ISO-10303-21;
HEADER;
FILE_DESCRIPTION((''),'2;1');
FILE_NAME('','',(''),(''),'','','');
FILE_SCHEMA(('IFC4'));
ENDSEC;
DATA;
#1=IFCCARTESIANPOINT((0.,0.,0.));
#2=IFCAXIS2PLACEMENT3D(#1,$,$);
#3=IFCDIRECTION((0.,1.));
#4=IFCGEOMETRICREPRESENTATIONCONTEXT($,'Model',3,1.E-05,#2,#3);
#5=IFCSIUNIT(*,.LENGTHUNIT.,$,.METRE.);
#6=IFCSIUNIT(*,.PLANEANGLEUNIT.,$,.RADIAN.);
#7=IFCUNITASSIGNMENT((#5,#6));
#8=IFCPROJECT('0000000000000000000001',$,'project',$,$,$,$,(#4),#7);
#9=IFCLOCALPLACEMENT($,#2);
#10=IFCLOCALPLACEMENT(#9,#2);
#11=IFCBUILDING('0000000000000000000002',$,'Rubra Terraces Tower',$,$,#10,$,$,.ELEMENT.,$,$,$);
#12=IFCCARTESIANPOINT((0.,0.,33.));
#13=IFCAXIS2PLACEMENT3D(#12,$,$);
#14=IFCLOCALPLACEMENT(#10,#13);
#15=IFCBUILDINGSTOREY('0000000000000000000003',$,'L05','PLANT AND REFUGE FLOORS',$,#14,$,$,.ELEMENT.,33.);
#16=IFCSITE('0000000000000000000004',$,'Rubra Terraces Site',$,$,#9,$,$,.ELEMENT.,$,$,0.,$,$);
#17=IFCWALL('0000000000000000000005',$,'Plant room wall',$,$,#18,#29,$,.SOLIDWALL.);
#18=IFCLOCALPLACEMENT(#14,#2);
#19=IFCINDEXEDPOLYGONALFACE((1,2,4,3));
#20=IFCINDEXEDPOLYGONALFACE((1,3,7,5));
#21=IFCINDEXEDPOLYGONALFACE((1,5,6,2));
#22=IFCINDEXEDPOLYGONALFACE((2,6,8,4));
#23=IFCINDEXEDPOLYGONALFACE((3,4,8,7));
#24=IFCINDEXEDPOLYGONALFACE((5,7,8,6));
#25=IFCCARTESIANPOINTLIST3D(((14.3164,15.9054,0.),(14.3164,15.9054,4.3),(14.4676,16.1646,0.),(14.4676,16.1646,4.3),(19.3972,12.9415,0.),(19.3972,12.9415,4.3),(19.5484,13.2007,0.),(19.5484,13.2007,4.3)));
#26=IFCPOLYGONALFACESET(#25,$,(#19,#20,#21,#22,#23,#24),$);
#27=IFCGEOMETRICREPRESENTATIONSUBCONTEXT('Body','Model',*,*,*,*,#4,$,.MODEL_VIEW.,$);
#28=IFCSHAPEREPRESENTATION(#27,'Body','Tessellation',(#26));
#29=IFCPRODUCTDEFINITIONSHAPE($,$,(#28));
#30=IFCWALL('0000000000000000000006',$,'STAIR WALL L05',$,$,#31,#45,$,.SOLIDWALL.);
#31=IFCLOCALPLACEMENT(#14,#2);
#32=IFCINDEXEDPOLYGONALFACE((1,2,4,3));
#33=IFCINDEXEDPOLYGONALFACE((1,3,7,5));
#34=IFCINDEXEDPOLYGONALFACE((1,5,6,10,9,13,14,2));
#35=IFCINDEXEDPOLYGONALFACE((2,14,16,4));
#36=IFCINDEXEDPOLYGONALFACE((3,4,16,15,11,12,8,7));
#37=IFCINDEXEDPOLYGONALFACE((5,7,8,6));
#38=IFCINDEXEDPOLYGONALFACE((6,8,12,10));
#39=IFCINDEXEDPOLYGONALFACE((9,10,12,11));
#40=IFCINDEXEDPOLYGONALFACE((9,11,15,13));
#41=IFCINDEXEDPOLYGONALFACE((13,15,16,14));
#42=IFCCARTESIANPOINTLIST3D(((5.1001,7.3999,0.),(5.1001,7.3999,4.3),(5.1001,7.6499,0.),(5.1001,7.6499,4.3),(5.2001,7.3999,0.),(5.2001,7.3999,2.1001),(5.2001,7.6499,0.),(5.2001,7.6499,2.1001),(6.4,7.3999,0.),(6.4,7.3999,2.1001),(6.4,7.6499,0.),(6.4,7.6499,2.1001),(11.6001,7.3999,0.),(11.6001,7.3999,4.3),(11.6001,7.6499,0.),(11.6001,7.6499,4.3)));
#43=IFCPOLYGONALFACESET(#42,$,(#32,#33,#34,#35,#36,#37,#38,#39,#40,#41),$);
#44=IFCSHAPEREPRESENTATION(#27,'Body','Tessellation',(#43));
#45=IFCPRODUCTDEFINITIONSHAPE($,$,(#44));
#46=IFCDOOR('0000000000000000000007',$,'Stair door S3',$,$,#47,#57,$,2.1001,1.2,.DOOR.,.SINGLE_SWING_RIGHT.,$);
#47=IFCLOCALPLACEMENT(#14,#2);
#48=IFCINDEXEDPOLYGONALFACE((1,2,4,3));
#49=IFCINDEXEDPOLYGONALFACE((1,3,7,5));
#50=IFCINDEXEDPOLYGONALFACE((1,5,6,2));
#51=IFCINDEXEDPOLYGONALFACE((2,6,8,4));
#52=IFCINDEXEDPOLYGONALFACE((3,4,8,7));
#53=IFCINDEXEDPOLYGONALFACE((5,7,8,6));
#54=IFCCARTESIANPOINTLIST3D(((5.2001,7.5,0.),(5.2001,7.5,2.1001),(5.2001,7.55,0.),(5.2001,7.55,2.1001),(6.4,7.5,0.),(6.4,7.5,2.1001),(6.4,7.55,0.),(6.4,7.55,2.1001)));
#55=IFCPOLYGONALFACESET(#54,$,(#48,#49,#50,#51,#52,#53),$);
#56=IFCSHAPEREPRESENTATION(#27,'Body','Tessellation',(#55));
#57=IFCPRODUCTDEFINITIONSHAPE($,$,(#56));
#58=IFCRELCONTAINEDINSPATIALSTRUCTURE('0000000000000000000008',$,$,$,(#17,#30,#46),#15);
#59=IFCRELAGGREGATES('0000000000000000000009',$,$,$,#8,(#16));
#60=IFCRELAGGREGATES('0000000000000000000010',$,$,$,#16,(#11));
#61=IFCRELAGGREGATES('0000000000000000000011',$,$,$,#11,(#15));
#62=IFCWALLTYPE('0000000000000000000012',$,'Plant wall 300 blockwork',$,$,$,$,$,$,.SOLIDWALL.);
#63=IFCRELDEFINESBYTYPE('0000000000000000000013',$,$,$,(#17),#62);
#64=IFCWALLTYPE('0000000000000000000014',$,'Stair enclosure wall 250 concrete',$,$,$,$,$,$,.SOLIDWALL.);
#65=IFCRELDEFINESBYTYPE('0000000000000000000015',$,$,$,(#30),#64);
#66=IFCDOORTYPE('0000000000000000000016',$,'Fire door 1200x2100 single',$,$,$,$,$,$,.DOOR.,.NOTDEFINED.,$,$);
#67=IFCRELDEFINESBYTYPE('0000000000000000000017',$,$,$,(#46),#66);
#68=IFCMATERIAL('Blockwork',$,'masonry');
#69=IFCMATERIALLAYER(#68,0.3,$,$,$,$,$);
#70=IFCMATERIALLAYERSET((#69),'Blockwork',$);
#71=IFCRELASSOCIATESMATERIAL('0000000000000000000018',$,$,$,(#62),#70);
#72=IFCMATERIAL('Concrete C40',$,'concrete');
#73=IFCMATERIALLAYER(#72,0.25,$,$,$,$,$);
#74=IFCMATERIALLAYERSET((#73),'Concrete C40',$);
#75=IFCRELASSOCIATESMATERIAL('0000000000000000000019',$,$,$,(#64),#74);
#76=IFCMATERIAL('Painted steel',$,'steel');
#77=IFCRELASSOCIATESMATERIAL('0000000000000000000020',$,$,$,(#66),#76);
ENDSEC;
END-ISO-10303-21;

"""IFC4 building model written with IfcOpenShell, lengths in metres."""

from ifc_helpers import new_model, si_unit, direction, frame, frame_2d, origin, place, context, subcontext, project, spatial, rectangle, extrude, material, layer, layer_set, type_object, element, fill, save


model = new_model("IFC4")

# Units and contexts
model_context = context("Model", 3, precision=1e-05, world=origin(), true_north=direction((0.0, 1.0)))
body_context = subcontext(model_context, "Body", "Model", "MODEL_VIEW")
ifc_project = project(units=[si_unit("LENGTHUNIT", "METRE"), si_unit("PLANEANGLEUNIT", "RADIAN")], contexts=[model_context])

# Site, building, storey
site_placement = place(None, origin())
site = spatial("IfcSite", under=ifc_project, at=site_placement, Name="Rubra Terraces Site", CompositionType="ELEMENT", RefElevation=0.0)
building_placement = place(site_placement, origin())
building = spatial("IfcBuilding", under=site, at=building_placement, Name="Rubra Terraces Tower", CompositionType="ELEMENT")
storey_placement = place(building_placement, frame((0.0, 0.0, 33.0)))
storey = spatial("IfcBuildingStorey", under=building, at=storey_placement, Name="L05", Description="PLANT AND REFUGE FLOORS", CompositionType="ELEMENT", Elevation=33.0)

# Wall
ifc_material_1 = material(Name="Blockwork", Category="masonry")
ifc_layer_1 = layer(ifc_material_1, 0.3)
ifc_layer_set_1 = layer_set([ifc_layer_1], Name="Blockwork")
wall_type_1 = type_object("IfcWallType", Name="Plant wall 300 blockwork", PredefinedType="SOLIDWALL", material=ifc_layer_set_1)
wall_1_placement = place(storey_placement, frame((14.3921, 16.0349, 0.0), z_axis=(0.0, 0.0, 1.0), x_axis=(0.863774, -0.503879, 0.0)))
element("IfcWall", 1, at=wall_1_placement, inside=storey, type_object=wall_type_1, Name="Plant room wall", PredefinedType="SOLIDWALL", context=body_context, shape_type="SweptSolid", body=[
    extrude(rectangle(XDim=5.8821, YDim=0.3, at=frame_2d((2.9409, 0.0))), origin(), (0.0, 0.0, 1.0), 4.3),
])

# Wall, opening, door
ifc_material_2 = material(Name="Concrete C40", Category="concrete")
ifc_layer_2 = layer(ifc_material_2, 0.25)
ifc_layer_set_2 = layer_set([ifc_layer_2], Name="Concrete C40")
wall_type_2 = type_object("IfcWallType", Name="Stair enclosure wall 250 concrete", PredefinedType="SOLIDWALL", material=ifc_layer_set_2)
wall_2_placement = place(storey_placement, frame((11.6001, 7.5249, 0.0), z_axis=(0.0, 0.0, 1.0), x_axis=(-1.0, 0.0, 0.0)))
wall_2 = element("IfcWall", 2, at=wall_2_placement, inside=storey, type_object=wall_type_2, Name="STAIR WALL L05", PredefinedType="SOLIDWALL", context=body_context, shape_type="SweptSolid", body=[
    extrude(rectangle(XDim=6.5, YDim=0.25, at=frame_2d((3.25, 0.0))), origin(), (0.0, 0.0, 1.0), 4.3),
])
opening_1_placement = place(wall_2_placement, frame((5.2, 0.0, 0.0)))
opening_1 = element("IfcOpeningElement", 3, at=opening_1_placement, cuts=wall_2, PredefinedType="OPENING", context=body_context, shape_type="SweptSolid", body=[
    extrude(rectangle(XDim=1.2, YDim=2.1001, at=frame_2d((0.6001, 1.05))), frame((0.0, 0.135, 0.0), z_axis=(0.0, -1.0, 0.0), x_axis=(1.0, 0.0, 0.0)), (0.0, 0.0, 1.0), 0.27),
])
ifc_material_3 = material(Name="Painted steel", Category="steel")
door_type = type_object("IfcDoorType", Name="Fire door 1200x2100 single", OperationType="NOTDEFINED", PredefinedType="DOOR", material=ifc_material_3)
door_placement = place(opening_1_placement, origin())
door = element("IfcDoor", 4, at=door_placement, inside=storey, type_object=door_type, Name="Stair door S3", OperationType="SINGLE_SWING_RIGHT", OverallHeight=2.1001, OverallWidth=1.2, PredefinedType="DOOR", context=body_context, shape_type="SweptSolid", body=[
    extrude(rectangle(XDim=1.2, YDim=2.1001, at=frame_2d((0.6001, 1.05))), frame((0.0, 0.0249, 0.0), z_axis=(0.0, -1.0, 0.0), x_axis=(1.0, 0.0, 0.0)), (0.0, 0.0, 1.0), 0.05),
])
fill(opening_1, door)

save(model, "model.ifc")
